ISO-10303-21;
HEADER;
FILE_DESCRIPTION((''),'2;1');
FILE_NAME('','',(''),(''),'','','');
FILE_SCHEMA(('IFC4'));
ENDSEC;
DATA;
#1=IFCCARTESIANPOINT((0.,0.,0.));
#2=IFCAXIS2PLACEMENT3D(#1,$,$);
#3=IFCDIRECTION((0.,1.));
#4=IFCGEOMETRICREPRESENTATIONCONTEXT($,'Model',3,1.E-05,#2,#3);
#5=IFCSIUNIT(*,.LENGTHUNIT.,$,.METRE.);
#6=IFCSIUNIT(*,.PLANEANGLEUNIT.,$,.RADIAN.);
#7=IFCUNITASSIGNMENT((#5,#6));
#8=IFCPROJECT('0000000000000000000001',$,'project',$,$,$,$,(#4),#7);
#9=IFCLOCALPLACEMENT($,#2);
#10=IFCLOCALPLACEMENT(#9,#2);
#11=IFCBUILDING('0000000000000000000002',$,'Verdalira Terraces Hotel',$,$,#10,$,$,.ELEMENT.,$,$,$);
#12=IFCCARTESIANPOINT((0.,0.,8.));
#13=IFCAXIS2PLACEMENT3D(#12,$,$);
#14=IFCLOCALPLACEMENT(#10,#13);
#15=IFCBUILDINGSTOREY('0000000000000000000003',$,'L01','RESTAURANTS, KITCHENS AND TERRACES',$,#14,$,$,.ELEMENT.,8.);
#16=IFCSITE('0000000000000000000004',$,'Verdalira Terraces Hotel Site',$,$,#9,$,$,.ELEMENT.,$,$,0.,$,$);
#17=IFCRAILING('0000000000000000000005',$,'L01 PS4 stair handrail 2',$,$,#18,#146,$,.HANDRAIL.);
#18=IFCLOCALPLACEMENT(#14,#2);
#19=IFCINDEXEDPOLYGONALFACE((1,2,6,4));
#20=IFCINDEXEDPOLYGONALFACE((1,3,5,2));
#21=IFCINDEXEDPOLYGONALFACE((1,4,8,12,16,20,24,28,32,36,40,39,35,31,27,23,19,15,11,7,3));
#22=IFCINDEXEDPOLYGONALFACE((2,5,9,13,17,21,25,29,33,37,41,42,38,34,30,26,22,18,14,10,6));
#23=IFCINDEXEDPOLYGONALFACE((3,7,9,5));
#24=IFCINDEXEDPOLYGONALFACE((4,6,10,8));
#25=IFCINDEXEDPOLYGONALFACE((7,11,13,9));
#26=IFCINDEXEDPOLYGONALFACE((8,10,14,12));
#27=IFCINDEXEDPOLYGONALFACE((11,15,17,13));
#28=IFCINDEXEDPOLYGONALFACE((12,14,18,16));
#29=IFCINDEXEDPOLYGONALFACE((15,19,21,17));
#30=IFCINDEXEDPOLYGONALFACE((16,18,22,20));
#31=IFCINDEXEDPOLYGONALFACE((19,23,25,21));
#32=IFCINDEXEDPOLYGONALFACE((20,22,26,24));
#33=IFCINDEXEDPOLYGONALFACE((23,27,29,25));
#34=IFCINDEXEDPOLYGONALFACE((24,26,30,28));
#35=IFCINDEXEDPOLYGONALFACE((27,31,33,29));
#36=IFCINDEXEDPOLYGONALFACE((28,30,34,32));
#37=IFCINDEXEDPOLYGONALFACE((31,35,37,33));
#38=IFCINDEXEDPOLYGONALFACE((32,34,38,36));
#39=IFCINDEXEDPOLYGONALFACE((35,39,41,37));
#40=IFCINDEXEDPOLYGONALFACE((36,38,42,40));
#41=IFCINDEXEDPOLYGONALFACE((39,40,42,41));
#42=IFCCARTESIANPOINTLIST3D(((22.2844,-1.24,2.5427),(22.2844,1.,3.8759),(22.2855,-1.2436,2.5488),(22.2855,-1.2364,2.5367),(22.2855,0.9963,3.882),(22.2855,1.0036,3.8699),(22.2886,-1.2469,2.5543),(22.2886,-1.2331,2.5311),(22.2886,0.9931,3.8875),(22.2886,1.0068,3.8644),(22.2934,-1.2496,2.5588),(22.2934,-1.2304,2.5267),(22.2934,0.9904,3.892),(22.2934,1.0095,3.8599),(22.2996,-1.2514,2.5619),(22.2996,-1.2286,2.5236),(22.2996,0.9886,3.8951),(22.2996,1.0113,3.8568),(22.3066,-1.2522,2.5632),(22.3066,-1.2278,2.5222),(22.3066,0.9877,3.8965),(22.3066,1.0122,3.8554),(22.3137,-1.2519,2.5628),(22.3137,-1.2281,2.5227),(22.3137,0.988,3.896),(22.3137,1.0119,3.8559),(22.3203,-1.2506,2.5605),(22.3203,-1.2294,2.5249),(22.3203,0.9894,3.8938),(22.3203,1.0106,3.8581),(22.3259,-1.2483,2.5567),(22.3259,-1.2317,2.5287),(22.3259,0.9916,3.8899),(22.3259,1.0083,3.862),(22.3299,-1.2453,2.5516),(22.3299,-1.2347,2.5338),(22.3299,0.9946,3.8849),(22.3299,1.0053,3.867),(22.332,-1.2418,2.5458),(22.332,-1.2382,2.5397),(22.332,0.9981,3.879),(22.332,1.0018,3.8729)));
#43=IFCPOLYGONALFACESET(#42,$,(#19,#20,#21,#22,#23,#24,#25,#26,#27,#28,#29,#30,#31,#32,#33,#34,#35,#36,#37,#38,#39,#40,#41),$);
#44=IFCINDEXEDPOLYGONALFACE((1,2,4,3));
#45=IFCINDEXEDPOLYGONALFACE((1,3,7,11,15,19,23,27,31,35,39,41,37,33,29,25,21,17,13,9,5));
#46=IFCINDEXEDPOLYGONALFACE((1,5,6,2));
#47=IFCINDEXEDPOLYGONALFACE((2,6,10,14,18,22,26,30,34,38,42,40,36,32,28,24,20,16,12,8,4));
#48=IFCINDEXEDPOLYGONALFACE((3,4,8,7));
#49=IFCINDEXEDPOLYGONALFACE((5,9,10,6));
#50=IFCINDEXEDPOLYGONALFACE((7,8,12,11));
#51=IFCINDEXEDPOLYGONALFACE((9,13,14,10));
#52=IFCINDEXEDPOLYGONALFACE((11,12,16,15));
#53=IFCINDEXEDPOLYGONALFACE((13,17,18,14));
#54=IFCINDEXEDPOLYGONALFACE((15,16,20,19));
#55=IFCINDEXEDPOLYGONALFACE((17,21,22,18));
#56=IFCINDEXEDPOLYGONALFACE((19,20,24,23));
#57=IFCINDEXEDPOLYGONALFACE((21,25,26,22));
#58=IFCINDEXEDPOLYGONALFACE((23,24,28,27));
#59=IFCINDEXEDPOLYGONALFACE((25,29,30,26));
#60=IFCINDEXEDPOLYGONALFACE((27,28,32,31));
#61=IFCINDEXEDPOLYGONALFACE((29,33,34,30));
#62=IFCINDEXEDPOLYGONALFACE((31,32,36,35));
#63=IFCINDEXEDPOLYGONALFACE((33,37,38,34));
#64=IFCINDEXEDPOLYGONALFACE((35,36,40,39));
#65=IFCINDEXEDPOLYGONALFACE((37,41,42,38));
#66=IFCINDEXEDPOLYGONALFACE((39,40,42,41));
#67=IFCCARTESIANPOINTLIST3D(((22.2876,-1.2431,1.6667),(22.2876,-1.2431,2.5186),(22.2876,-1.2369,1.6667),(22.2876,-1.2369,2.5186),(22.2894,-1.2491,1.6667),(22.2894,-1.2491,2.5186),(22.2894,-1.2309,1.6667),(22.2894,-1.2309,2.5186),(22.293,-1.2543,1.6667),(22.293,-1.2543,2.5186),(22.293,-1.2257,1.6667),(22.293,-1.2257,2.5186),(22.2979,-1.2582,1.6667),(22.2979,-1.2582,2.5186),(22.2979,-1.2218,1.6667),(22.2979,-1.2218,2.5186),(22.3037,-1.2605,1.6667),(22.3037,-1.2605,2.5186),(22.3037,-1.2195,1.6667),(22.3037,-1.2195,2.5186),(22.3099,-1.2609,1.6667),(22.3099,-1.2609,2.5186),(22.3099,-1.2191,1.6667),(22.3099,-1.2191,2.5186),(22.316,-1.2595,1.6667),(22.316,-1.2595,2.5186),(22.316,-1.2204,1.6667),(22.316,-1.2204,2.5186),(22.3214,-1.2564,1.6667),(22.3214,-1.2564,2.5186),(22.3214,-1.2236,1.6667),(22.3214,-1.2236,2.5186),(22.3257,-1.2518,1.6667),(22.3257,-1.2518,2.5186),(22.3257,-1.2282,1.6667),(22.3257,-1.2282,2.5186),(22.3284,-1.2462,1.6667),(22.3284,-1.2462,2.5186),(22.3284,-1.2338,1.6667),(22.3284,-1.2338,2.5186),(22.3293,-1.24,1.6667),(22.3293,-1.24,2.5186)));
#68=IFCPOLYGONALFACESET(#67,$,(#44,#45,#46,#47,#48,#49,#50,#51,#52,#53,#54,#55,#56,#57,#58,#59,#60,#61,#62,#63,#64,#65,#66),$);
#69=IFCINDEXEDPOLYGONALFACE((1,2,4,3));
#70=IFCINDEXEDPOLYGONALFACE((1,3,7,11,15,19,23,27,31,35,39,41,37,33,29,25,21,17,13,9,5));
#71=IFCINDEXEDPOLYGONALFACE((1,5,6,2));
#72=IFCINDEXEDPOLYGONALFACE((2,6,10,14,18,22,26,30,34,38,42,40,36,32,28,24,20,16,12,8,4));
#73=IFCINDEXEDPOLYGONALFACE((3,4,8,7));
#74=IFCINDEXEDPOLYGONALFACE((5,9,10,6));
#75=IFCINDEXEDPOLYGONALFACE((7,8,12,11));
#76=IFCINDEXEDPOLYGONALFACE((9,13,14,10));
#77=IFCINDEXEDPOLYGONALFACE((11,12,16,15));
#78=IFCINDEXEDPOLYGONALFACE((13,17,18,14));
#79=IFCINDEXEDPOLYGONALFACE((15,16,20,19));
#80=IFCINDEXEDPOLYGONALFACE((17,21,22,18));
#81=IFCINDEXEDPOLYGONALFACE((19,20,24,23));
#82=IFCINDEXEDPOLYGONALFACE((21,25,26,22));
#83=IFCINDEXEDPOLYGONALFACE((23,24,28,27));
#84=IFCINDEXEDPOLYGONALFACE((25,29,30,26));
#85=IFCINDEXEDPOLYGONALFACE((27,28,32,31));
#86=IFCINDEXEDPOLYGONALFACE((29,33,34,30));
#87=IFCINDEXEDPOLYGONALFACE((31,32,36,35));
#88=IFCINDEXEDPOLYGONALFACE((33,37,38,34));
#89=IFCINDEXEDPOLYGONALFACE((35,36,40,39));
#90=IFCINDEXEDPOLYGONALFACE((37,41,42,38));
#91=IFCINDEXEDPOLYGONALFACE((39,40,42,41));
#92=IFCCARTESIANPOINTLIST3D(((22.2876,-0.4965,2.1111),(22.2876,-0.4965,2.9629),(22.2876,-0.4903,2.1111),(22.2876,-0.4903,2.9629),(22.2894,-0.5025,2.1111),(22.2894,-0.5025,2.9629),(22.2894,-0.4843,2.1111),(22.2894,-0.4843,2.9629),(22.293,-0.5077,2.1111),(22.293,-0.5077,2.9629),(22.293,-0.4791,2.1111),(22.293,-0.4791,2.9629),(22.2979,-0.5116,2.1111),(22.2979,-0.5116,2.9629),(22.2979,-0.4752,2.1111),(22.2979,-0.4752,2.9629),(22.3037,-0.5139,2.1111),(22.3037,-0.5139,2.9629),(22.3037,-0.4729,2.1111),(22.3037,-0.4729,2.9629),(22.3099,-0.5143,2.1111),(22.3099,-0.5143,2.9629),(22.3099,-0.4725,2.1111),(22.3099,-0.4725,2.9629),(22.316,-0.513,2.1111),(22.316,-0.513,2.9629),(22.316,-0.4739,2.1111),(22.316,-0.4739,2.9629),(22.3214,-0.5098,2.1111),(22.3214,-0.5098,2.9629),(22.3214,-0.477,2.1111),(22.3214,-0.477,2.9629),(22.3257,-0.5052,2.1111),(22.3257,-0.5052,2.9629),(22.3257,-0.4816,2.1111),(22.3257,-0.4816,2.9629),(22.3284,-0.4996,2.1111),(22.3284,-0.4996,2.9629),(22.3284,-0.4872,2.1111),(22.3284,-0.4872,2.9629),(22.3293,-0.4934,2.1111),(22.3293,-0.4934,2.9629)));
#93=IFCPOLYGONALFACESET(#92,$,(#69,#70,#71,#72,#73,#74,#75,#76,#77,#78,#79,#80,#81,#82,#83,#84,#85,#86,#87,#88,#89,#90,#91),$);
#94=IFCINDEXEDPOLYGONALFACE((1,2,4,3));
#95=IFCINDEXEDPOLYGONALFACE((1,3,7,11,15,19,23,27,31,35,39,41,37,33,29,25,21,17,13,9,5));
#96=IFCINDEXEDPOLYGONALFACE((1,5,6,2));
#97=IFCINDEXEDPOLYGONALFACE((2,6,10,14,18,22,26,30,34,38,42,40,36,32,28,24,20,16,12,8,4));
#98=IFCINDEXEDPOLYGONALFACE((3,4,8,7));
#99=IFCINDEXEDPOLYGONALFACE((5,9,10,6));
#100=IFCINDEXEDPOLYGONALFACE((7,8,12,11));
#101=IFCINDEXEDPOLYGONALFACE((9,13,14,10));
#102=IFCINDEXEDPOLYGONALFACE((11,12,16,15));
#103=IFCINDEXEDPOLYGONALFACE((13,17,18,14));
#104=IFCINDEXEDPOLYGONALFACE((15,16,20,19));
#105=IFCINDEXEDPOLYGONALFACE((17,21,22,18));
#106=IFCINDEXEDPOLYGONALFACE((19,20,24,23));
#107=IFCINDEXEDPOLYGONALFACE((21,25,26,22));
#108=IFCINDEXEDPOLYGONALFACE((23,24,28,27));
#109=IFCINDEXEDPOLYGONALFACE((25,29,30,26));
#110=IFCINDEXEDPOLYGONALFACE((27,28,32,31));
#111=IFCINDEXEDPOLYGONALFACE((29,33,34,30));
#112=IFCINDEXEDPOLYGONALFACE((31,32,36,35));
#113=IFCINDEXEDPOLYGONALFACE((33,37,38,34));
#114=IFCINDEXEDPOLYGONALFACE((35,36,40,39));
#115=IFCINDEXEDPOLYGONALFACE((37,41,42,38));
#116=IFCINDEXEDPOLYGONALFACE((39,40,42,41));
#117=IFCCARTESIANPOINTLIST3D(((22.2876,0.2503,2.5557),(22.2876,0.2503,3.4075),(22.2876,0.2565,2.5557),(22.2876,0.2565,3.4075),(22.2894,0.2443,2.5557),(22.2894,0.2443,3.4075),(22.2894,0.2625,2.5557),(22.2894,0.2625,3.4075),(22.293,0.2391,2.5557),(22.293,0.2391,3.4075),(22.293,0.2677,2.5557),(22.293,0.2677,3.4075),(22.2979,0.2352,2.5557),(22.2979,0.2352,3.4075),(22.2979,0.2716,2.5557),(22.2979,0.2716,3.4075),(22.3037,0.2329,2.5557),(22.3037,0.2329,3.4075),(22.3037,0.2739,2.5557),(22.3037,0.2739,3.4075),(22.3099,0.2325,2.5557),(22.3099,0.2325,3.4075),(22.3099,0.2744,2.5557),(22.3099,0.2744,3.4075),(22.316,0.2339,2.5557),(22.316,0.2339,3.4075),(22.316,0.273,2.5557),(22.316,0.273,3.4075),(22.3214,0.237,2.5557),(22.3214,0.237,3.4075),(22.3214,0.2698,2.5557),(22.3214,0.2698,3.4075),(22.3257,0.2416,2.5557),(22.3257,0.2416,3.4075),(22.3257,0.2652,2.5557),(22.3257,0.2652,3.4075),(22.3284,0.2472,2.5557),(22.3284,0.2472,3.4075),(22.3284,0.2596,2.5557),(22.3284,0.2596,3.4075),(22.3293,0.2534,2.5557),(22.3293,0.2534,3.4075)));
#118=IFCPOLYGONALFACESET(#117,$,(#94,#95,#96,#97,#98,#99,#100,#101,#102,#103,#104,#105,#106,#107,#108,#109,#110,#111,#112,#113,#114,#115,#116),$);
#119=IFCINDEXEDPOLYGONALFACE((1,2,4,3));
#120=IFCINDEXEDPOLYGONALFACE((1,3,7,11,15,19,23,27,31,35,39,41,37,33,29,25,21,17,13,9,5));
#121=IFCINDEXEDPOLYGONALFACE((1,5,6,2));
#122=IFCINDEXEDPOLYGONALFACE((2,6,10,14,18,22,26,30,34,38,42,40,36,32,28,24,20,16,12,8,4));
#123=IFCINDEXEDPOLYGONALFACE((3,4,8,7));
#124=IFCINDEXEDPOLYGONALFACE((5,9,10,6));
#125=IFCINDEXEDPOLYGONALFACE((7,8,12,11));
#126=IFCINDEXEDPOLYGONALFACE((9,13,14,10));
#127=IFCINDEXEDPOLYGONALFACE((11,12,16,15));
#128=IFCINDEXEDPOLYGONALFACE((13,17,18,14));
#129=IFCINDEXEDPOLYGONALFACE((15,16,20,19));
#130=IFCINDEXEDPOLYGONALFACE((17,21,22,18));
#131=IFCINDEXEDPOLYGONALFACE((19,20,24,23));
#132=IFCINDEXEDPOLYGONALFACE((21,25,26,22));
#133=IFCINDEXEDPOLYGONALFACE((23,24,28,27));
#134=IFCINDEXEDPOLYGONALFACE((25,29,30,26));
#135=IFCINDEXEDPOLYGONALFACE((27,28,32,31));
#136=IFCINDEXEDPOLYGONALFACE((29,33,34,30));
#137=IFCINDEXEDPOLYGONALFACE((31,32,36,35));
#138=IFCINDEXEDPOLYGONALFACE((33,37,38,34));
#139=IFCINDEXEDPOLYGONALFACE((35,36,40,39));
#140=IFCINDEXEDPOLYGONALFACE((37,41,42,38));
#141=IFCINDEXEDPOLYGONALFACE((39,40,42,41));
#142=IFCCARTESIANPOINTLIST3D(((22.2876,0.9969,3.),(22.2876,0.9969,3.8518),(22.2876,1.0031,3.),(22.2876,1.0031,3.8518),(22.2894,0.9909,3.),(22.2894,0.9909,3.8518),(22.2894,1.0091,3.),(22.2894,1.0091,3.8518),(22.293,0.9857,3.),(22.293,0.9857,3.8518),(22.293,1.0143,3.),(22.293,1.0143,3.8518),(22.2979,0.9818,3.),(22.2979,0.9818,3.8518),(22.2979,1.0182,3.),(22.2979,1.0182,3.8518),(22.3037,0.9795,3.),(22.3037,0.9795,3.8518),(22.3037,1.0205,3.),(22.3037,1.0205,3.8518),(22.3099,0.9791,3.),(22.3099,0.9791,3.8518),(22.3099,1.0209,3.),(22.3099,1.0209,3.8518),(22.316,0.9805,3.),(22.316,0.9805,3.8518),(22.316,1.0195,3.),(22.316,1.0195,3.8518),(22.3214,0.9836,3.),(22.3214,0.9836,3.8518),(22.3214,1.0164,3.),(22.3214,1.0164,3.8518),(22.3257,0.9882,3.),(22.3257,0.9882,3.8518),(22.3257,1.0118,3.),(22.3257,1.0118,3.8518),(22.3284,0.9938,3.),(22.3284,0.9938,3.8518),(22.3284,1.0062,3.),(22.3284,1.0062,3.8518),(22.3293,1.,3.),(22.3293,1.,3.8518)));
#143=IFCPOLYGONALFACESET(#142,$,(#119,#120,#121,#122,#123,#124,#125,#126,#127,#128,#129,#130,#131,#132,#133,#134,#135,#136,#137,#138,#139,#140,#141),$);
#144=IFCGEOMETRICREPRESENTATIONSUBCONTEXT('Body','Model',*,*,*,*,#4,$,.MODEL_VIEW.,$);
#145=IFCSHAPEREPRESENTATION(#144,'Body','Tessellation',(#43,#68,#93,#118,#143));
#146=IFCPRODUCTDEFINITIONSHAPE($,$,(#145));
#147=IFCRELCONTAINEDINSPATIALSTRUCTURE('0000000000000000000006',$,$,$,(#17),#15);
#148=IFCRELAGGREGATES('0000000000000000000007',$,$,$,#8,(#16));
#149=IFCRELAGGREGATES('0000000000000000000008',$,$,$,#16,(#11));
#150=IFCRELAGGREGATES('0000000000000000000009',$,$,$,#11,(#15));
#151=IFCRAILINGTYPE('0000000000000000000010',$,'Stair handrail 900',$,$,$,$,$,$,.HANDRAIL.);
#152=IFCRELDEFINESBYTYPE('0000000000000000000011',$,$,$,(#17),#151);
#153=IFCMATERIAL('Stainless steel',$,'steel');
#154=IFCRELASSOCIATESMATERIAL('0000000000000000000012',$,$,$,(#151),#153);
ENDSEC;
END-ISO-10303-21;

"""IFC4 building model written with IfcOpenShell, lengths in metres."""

from ifc_helpers import new_model, si_unit, direction, frame, origin, origin_2d, place, context, subcontext, project, spatial, circle, extrude, material, type_object, element, save


model = new_model("IFC4")

# Units and contexts
model_context = context("Model", 3, precision=1e-05, world=origin(), true_north=direction((0.0, 1.0)))
body_context = subcontext(model_context, "Body", "Model", "MODEL_VIEW")
ifc_project = project(units=[si_unit("LENGTHUNIT", "METRE"), si_unit("PLANEANGLEUNIT", "RADIAN")], contexts=[model_context])

# Site, building, storey
site_placement = place(None, origin())
site = spatial("IfcSite", under=ifc_project, at=site_placement, Name="Verdalira Terraces Hotel Site", CompositionType="ELEMENT", RefElevation=0.0)
building_placement = place(site_placement, origin())
building = spatial("IfcBuilding", under=site, at=building_placement, Name="Verdalira Terraces Hotel", CompositionType="ELEMENT")
storey_placement = place(building_placement, frame((0.0, 0.0, 8.0)))
storey = spatial("IfcBuildingStorey", under=building, at=storey_placement, Name="L01", Description="RESTAURANTS, KITCHENS AND TERRACES", CompositionType="ELEMENT", Elevation=8.0)

# Railing
ifc_material_1 = material(Name="Stainless steel", Category="steel")
railing_type = type_object("IfcRailingType", Name="Stair handrail 900", PredefinedType="HANDRAIL", material=ifc_material_1)
for number, where, name in (
    (1, (22.3084, -1.24, 1.6667), "L01 PS4 stair handrail 2"),
):
    element("IfcRailing", number, at=place(storey_placement, frame(where)), inside=storey, type_object=railing_type, Name=name, PredefinedType="HANDRAIL", context=body_context, shape_type="SweptSolid", body=[
        extrude(circle(Radius=0.0239, at=origin_2d()), frame((0.0, 0.0, 0.876), z_axis=(0.0, 0.859306, 0.511462), x_axis=(-1.0, 0.0, 0.0)), (0.0, 0.0, 1.0), 2.6067),
        extrude(circle(Radius=0.021, at=origin_2d()), origin(), (0.0, 0.0, 1.0), 0.8518),
        extrude(circle(Radius=0.021, at=origin_2d()), frame((0.0, 0.7466, 0.4443)), (0.0, 0.0, 1.0), 0.8518),
        extrude(circle(Radius=0.021, at=origin_2d()), frame((0.0, 1.4934, 0.8889)), (0.0, 0.0, 1.0), 0.8518),
        extrude(circle(Radius=0.021, at=origin_2d()), frame((0.0, 2.24, 1.3333)), (0.0, 0.0, 1.0), 0.8518),
    ])

save(model, "model.ifc")
